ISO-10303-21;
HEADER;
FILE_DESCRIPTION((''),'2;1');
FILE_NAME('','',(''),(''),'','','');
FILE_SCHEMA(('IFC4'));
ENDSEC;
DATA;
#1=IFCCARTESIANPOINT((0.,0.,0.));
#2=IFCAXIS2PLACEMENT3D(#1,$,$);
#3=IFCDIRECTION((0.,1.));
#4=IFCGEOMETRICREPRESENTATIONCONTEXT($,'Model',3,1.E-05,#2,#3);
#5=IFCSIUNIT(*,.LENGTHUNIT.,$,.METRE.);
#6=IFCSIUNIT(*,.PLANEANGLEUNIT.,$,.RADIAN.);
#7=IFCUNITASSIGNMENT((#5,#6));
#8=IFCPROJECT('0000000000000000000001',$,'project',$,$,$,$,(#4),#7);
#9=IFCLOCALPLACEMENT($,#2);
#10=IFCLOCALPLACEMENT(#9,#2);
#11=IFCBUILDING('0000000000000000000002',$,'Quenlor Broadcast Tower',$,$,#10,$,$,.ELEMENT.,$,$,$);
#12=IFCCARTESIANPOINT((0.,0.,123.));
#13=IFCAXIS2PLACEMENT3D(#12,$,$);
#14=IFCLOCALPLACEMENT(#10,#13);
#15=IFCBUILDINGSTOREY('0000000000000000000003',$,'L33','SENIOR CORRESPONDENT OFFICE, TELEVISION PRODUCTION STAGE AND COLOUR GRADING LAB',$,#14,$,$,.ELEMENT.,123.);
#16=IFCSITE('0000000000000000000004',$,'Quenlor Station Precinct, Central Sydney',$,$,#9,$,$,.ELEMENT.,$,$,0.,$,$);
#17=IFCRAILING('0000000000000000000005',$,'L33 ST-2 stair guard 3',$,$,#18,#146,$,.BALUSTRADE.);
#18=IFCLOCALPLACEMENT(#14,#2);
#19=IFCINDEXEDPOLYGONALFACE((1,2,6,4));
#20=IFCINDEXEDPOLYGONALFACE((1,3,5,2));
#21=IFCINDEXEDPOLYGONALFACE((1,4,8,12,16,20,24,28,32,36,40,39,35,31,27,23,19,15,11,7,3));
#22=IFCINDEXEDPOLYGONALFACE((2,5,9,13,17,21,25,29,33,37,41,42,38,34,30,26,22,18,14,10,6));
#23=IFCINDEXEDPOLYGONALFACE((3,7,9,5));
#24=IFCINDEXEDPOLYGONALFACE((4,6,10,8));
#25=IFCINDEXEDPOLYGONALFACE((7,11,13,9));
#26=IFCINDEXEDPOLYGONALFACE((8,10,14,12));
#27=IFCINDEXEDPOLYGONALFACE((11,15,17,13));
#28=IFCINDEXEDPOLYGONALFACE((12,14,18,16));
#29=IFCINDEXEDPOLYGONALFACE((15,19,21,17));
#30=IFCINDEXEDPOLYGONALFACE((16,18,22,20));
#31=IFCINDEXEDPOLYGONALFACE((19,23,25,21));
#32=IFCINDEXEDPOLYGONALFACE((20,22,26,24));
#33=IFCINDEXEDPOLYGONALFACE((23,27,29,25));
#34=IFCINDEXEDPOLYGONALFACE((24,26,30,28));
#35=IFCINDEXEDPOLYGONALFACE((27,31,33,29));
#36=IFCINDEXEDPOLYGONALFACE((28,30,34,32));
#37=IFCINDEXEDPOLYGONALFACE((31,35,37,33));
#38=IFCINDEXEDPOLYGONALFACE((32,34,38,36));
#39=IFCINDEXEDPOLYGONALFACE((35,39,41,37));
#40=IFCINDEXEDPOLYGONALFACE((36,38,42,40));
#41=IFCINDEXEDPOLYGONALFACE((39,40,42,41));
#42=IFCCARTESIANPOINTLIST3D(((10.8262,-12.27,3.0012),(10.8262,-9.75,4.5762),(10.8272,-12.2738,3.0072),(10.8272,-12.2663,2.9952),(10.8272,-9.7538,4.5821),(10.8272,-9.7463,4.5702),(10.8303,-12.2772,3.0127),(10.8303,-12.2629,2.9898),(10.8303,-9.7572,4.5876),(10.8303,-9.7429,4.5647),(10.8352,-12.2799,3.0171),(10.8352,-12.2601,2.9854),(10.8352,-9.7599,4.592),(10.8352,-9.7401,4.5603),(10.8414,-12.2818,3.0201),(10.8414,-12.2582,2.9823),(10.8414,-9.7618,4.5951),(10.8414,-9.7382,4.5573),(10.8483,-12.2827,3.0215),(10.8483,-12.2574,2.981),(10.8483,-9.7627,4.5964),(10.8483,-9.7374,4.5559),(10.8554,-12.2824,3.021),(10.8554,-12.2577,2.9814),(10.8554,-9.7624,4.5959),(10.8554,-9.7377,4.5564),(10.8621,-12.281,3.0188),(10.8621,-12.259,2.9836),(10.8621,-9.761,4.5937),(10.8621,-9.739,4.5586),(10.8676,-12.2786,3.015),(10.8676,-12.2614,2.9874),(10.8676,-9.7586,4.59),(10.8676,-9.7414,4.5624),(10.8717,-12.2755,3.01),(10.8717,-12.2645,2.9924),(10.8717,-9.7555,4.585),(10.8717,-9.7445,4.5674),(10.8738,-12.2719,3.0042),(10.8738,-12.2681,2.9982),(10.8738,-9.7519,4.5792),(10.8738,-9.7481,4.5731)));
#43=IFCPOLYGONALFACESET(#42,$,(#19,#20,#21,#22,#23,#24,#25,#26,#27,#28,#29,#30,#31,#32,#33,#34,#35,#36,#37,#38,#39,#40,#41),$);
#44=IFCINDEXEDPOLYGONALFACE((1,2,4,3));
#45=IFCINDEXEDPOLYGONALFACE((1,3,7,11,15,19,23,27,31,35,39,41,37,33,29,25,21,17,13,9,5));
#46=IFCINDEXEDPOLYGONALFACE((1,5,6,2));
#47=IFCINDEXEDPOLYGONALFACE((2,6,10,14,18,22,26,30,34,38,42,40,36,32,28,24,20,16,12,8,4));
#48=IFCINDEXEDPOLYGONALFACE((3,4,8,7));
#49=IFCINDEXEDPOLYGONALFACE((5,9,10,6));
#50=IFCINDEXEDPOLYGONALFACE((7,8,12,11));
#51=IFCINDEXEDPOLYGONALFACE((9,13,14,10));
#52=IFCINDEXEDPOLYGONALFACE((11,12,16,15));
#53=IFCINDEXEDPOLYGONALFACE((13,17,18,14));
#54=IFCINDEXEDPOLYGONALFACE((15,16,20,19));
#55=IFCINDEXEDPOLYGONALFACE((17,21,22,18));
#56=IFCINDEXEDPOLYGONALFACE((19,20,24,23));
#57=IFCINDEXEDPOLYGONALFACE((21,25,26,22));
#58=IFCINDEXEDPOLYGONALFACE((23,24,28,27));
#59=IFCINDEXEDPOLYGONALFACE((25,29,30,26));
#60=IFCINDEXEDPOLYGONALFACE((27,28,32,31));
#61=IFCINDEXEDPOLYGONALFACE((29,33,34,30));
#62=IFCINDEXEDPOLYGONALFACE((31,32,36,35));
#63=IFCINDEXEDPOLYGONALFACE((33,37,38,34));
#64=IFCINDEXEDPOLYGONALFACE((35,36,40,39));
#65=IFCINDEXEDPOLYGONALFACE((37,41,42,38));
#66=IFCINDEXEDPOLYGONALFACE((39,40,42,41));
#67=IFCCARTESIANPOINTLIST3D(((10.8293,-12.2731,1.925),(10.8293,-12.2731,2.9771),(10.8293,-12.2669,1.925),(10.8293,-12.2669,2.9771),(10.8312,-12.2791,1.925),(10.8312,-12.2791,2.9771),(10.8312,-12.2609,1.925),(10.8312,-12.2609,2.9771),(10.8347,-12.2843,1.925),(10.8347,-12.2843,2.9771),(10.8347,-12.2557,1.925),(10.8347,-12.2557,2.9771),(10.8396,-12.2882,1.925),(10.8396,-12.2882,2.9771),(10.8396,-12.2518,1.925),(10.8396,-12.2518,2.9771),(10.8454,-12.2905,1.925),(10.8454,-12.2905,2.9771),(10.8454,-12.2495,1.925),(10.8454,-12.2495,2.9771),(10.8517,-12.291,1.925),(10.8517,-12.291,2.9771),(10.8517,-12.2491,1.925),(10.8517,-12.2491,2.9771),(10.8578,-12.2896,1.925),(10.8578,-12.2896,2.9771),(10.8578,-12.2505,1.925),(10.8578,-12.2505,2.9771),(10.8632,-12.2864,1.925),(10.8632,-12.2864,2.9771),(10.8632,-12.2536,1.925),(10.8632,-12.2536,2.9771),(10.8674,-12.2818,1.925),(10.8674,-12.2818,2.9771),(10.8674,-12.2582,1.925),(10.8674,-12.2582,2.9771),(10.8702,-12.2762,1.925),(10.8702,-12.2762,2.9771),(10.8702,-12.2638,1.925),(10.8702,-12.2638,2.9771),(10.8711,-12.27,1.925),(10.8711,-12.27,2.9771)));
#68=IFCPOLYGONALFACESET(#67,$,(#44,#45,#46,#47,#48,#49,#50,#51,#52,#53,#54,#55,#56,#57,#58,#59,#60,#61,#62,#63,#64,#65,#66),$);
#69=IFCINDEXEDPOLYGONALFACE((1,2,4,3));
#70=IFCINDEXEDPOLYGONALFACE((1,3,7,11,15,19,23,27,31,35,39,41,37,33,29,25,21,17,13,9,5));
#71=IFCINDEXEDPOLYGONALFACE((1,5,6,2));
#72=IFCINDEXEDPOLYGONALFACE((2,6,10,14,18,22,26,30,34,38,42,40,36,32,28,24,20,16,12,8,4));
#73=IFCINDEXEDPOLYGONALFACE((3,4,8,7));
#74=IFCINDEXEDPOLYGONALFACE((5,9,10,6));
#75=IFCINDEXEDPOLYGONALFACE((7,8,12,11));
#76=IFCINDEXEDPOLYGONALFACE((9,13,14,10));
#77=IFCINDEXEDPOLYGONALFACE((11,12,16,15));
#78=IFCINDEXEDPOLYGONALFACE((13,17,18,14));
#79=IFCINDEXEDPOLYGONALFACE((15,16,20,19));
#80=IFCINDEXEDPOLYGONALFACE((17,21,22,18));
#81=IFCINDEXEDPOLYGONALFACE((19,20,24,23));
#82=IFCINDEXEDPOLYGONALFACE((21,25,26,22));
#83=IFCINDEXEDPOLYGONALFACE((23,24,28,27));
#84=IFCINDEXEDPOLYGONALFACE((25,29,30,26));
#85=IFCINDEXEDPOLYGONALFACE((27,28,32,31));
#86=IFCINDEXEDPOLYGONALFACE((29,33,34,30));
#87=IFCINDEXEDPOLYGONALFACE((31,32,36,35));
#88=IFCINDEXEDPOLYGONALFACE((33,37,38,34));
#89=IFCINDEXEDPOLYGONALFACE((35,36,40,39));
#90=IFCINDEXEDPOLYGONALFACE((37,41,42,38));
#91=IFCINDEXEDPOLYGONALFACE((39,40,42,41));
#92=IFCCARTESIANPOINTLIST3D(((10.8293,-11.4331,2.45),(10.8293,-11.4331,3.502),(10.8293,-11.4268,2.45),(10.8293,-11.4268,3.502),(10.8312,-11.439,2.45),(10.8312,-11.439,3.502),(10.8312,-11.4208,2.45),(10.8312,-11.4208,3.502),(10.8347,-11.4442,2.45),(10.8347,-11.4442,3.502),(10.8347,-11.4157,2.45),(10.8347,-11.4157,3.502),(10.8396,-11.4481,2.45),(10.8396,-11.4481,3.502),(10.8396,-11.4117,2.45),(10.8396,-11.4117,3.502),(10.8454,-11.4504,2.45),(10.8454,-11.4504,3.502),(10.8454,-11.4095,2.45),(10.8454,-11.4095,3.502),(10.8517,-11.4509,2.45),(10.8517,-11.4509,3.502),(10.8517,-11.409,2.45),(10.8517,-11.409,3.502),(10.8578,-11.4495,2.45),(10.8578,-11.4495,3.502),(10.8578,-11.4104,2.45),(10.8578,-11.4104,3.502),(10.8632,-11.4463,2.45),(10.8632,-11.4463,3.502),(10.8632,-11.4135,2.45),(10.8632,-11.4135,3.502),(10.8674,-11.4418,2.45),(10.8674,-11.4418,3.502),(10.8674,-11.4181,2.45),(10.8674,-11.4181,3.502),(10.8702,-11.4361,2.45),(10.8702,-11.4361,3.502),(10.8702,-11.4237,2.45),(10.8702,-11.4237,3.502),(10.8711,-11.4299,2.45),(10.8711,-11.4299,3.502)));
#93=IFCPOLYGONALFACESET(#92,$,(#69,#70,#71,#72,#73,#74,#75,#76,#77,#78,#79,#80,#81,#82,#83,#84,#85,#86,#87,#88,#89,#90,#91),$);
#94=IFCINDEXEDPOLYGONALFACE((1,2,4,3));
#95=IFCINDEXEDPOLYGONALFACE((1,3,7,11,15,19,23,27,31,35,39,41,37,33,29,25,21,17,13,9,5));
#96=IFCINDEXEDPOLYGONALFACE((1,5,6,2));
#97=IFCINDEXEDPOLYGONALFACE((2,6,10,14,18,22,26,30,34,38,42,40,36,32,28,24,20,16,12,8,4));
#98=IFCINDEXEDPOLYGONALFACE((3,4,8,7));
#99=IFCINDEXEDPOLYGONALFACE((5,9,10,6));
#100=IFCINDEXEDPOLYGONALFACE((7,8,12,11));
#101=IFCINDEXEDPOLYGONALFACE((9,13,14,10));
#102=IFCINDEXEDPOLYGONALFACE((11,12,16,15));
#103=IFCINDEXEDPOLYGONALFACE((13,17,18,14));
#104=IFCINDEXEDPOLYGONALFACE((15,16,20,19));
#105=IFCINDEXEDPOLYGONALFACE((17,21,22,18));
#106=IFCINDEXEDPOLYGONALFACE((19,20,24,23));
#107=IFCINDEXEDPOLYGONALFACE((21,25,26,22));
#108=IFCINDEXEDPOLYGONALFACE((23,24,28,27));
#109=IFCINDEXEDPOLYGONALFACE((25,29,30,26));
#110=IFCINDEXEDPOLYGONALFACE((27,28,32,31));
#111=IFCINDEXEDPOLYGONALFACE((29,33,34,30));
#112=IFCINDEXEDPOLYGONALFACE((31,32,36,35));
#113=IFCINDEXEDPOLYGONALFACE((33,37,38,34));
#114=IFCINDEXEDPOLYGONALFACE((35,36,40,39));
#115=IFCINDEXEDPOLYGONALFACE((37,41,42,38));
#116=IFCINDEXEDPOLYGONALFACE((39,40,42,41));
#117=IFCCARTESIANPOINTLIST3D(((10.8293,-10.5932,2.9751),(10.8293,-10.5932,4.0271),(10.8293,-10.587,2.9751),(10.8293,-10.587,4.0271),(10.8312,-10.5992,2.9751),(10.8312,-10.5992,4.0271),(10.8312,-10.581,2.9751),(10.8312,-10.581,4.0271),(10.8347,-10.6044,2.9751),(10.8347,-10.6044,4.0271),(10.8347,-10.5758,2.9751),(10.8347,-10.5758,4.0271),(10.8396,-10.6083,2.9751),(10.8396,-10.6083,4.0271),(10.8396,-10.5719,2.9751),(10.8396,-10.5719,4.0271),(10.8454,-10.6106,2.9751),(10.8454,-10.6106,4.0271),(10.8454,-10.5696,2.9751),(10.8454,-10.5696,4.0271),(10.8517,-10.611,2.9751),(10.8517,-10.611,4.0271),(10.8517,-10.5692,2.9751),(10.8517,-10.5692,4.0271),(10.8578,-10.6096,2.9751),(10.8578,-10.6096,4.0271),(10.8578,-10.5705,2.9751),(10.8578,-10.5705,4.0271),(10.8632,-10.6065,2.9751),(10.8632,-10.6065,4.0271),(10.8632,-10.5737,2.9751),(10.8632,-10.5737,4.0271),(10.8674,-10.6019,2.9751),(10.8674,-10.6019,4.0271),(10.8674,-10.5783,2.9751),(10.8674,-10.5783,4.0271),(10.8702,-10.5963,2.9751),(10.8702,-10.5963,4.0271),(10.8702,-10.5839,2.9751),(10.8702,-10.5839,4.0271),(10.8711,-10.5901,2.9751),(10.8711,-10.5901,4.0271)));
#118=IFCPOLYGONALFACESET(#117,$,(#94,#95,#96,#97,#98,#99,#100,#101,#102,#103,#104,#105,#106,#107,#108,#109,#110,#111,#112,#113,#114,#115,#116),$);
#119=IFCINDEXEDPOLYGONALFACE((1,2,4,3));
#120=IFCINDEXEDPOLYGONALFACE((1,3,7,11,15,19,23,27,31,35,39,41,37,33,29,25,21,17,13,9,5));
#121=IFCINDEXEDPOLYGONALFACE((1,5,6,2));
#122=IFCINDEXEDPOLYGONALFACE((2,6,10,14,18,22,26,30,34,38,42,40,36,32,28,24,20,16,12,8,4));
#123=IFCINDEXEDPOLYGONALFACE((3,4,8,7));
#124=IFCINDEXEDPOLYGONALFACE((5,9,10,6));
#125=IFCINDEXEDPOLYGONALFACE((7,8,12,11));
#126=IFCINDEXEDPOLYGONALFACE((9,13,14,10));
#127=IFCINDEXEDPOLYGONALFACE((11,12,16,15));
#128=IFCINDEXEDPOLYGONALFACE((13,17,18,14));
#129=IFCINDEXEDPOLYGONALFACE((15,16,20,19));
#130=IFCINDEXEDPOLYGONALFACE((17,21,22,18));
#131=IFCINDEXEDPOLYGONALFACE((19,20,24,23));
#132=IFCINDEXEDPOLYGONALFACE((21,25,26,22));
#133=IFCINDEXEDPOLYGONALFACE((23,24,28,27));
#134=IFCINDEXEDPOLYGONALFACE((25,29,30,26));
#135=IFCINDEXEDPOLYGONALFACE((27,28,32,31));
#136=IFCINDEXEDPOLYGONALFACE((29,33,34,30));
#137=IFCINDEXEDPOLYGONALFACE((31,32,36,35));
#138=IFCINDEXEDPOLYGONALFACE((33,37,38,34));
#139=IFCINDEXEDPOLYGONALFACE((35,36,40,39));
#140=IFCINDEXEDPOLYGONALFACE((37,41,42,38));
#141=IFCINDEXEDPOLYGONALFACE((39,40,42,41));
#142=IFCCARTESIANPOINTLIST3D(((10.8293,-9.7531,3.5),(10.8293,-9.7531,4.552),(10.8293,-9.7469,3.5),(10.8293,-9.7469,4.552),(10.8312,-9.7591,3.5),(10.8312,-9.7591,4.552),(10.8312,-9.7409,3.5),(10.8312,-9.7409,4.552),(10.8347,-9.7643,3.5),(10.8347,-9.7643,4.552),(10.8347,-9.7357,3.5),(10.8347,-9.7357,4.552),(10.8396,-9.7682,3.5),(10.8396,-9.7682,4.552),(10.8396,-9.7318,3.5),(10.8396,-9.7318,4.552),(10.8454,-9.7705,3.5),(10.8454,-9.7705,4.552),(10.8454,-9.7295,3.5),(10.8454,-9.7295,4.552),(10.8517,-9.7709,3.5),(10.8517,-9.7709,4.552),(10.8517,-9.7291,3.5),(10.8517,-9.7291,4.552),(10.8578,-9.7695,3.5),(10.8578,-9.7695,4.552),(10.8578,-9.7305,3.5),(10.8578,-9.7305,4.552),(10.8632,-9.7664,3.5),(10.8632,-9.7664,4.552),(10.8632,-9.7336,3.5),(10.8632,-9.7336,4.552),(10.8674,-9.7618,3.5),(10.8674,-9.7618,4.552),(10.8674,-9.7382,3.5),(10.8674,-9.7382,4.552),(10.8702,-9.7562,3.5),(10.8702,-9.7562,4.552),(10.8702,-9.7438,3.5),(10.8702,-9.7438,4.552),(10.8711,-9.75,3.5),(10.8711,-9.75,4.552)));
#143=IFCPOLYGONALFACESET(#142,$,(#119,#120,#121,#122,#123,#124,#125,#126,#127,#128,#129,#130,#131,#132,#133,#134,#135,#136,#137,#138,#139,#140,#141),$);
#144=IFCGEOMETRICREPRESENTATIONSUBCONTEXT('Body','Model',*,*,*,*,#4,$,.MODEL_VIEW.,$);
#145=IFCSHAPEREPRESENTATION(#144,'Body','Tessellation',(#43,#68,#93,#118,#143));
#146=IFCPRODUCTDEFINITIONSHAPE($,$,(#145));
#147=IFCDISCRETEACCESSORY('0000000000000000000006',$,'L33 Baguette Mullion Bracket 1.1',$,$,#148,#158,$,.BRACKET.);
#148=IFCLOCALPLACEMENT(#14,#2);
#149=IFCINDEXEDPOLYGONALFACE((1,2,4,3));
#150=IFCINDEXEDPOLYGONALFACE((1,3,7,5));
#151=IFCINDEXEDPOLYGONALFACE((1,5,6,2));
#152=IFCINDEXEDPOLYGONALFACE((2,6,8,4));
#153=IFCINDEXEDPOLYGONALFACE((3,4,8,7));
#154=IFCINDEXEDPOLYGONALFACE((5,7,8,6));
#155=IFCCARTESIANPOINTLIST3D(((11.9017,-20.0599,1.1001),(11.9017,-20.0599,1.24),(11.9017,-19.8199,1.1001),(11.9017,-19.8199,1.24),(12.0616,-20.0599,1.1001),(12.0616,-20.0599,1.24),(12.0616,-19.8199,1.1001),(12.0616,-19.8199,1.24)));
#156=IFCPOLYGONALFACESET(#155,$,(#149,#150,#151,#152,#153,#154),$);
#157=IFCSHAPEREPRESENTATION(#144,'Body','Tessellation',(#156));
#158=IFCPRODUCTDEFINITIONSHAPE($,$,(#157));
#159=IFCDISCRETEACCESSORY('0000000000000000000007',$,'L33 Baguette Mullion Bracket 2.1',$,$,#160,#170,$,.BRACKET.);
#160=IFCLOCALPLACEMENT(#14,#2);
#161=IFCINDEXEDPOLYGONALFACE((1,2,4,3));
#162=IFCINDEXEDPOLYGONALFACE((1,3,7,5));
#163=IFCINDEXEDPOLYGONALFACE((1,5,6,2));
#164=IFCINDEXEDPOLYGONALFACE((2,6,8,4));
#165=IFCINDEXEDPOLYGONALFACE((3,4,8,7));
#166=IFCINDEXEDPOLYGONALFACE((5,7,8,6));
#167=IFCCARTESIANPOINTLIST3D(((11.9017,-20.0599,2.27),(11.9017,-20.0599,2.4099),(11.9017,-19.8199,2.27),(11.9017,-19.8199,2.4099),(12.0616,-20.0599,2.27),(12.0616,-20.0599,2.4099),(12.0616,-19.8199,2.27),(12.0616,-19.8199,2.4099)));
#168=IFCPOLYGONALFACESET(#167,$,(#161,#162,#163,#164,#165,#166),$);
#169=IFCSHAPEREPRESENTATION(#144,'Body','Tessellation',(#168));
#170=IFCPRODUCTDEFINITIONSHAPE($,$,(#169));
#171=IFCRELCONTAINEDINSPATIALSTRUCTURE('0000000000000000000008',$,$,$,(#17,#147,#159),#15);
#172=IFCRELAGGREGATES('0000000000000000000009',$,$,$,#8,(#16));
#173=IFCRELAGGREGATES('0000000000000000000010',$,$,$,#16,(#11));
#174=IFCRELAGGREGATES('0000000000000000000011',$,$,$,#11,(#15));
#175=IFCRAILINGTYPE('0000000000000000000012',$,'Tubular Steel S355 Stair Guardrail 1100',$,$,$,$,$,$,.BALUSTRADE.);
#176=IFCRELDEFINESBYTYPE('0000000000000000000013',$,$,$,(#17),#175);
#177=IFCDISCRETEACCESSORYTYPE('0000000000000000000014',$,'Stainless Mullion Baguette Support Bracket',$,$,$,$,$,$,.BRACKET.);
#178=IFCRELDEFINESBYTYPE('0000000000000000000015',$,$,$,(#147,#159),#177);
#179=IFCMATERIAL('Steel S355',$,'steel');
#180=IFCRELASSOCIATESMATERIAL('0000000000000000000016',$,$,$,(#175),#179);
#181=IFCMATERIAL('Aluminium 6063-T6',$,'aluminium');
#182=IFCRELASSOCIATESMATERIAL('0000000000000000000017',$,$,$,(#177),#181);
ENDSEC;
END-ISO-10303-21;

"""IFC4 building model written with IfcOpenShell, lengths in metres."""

from ifc_helpers import new_model, si_unit, direction, frame, origin, origin_2d, place, context, subcontext, project, spatial, rectangle, circle, extrude, material, type_object, element, save


model = new_model("IFC4")

# Units and contexts
model_context = context("Model", 3, precision=1e-05, world=origin(), true_north=direction((0.0, 1.0)))
body_context = subcontext(model_context, "Body", "Model", "MODEL_VIEW")
ifc_project = project(units=[si_unit("LENGTHUNIT", "METRE"), si_unit("PLANEANGLEUNIT", "RADIAN")], contexts=[model_context])

# Site, building, storey
site_placement = place(None, origin())
site = spatial("IfcSite", under=ifc_project, at=site_placement, Name="Quenlor Station Precinct, Central Sydney", CompositionType="ELEMENT", RefElevation=0.0)
building_placement = place(site_placement, origin())
building = spatial("IfcBuilding", under=site, at=building_placement, Name="Quenlor Broadcast Tower", CompositionType="ELEMENT")
storey_placement = place(building_placement, frame((0.0, 0.0, 123.0)))
storey = spatial("IfcBuildingStorey", under=building, at=storey_placement, Name="L33", Description="SENIOR CORRESPONDENT OFFICE, TELEVISION PRODUCTION STAGE AND COLOUR GRADING LAB", CompositionType="ELEMENT", Elevation=123.0)

# Railing
ifc_material_1 = material(Name="Steel S355", Category="steel")
railing_type = type_object("IfcRailingType", Name="Tubular Steel S355 Stair Guardrail 1100", PredefinedType="BALUSTRADE", material=ifc_material_1)
railing_placement = place(storey_placement, frame((10.8501, -12.27, 1.925)))
element("IfcRailing", 1, at=railing_placement, inside=storey, type_object=railing_type, Name="L33 ST-2 stair guard 3", PredefinedType="BALUSTRADE", context=body_context, shape_type="SweptSolid", body=[
    extrude(circle(Radius=0.0239, at=origin_2d()), frame((0.0, 0.0, 1.0762), z_axis=(0.0, 0.848008, 0.529984), x_axis=(-1.0, 0.0, 0.0)), (0.0, 0.0, 1.0), 2.9717),
    extrude(circle(Radius=0.021, at=origin_2d()), origin(), (0.0, 0.0, 1.0), 1.052),
    extrude(circle(Radius=0.021, at=origin_2d()), frame((0.0, 0.8401, 0.5249)), (0.0, 0.0, 1.0), 1.052),
    extrude(circle(Radius=0.021, at=origin_2d()), frame((0.0, 1.6799, 1.05)), (0.0, 0.0, 1.0), 1.052),
    extrude(circle(Radius=0.021, at=origin_2d()), frame((0.0, 2.52, 1.575)), (0.0, 0.0, 1.0), 1.052),
])

# Discrete accessories
ifc_material_2 = material(Name="Aluminium 6063-T6", Category="aluminium")
discrete_accessory_type = type_object("IfcDiscreteAccessoryType", Name="Stainless Mullion Baguette Support Bracket", PredefinedType="BRACKET", material=ifc_material_2)
for number, where, z_axis, x_axis, name in (
    (2, (11.9817, -19.9399, 1.1001), (0.0, 0.0, 1.0), (-1.0, 0.0, 0.0), "L33 Baguette Mullion Bracket 1.1"),
    (3, (11.9817, -19.9399, 2.27), (0.0, 0.0, 1.0), (-1.0, 0.0, 0.0), "L33 Baguette Mullion Bracket 2.1"),
):
    element("IfcDiscreteAccessory", number, at=place(storey_placement, frame(where, z_axis=z_axis, x_axis=x_axis)), inside=storey, type_object=discrete_accessory_type, Name=name, PredefinedType="BRACKET", context=body_context, shape_type="SweptSolid", body=[
        extrude(rectangle(XDim=0.1599, YDim=0.24, at=origin_2d()), origin(), (0.0, 0.0, 1.0), 0.1399),
    ])

save(model, "model.ifc")
